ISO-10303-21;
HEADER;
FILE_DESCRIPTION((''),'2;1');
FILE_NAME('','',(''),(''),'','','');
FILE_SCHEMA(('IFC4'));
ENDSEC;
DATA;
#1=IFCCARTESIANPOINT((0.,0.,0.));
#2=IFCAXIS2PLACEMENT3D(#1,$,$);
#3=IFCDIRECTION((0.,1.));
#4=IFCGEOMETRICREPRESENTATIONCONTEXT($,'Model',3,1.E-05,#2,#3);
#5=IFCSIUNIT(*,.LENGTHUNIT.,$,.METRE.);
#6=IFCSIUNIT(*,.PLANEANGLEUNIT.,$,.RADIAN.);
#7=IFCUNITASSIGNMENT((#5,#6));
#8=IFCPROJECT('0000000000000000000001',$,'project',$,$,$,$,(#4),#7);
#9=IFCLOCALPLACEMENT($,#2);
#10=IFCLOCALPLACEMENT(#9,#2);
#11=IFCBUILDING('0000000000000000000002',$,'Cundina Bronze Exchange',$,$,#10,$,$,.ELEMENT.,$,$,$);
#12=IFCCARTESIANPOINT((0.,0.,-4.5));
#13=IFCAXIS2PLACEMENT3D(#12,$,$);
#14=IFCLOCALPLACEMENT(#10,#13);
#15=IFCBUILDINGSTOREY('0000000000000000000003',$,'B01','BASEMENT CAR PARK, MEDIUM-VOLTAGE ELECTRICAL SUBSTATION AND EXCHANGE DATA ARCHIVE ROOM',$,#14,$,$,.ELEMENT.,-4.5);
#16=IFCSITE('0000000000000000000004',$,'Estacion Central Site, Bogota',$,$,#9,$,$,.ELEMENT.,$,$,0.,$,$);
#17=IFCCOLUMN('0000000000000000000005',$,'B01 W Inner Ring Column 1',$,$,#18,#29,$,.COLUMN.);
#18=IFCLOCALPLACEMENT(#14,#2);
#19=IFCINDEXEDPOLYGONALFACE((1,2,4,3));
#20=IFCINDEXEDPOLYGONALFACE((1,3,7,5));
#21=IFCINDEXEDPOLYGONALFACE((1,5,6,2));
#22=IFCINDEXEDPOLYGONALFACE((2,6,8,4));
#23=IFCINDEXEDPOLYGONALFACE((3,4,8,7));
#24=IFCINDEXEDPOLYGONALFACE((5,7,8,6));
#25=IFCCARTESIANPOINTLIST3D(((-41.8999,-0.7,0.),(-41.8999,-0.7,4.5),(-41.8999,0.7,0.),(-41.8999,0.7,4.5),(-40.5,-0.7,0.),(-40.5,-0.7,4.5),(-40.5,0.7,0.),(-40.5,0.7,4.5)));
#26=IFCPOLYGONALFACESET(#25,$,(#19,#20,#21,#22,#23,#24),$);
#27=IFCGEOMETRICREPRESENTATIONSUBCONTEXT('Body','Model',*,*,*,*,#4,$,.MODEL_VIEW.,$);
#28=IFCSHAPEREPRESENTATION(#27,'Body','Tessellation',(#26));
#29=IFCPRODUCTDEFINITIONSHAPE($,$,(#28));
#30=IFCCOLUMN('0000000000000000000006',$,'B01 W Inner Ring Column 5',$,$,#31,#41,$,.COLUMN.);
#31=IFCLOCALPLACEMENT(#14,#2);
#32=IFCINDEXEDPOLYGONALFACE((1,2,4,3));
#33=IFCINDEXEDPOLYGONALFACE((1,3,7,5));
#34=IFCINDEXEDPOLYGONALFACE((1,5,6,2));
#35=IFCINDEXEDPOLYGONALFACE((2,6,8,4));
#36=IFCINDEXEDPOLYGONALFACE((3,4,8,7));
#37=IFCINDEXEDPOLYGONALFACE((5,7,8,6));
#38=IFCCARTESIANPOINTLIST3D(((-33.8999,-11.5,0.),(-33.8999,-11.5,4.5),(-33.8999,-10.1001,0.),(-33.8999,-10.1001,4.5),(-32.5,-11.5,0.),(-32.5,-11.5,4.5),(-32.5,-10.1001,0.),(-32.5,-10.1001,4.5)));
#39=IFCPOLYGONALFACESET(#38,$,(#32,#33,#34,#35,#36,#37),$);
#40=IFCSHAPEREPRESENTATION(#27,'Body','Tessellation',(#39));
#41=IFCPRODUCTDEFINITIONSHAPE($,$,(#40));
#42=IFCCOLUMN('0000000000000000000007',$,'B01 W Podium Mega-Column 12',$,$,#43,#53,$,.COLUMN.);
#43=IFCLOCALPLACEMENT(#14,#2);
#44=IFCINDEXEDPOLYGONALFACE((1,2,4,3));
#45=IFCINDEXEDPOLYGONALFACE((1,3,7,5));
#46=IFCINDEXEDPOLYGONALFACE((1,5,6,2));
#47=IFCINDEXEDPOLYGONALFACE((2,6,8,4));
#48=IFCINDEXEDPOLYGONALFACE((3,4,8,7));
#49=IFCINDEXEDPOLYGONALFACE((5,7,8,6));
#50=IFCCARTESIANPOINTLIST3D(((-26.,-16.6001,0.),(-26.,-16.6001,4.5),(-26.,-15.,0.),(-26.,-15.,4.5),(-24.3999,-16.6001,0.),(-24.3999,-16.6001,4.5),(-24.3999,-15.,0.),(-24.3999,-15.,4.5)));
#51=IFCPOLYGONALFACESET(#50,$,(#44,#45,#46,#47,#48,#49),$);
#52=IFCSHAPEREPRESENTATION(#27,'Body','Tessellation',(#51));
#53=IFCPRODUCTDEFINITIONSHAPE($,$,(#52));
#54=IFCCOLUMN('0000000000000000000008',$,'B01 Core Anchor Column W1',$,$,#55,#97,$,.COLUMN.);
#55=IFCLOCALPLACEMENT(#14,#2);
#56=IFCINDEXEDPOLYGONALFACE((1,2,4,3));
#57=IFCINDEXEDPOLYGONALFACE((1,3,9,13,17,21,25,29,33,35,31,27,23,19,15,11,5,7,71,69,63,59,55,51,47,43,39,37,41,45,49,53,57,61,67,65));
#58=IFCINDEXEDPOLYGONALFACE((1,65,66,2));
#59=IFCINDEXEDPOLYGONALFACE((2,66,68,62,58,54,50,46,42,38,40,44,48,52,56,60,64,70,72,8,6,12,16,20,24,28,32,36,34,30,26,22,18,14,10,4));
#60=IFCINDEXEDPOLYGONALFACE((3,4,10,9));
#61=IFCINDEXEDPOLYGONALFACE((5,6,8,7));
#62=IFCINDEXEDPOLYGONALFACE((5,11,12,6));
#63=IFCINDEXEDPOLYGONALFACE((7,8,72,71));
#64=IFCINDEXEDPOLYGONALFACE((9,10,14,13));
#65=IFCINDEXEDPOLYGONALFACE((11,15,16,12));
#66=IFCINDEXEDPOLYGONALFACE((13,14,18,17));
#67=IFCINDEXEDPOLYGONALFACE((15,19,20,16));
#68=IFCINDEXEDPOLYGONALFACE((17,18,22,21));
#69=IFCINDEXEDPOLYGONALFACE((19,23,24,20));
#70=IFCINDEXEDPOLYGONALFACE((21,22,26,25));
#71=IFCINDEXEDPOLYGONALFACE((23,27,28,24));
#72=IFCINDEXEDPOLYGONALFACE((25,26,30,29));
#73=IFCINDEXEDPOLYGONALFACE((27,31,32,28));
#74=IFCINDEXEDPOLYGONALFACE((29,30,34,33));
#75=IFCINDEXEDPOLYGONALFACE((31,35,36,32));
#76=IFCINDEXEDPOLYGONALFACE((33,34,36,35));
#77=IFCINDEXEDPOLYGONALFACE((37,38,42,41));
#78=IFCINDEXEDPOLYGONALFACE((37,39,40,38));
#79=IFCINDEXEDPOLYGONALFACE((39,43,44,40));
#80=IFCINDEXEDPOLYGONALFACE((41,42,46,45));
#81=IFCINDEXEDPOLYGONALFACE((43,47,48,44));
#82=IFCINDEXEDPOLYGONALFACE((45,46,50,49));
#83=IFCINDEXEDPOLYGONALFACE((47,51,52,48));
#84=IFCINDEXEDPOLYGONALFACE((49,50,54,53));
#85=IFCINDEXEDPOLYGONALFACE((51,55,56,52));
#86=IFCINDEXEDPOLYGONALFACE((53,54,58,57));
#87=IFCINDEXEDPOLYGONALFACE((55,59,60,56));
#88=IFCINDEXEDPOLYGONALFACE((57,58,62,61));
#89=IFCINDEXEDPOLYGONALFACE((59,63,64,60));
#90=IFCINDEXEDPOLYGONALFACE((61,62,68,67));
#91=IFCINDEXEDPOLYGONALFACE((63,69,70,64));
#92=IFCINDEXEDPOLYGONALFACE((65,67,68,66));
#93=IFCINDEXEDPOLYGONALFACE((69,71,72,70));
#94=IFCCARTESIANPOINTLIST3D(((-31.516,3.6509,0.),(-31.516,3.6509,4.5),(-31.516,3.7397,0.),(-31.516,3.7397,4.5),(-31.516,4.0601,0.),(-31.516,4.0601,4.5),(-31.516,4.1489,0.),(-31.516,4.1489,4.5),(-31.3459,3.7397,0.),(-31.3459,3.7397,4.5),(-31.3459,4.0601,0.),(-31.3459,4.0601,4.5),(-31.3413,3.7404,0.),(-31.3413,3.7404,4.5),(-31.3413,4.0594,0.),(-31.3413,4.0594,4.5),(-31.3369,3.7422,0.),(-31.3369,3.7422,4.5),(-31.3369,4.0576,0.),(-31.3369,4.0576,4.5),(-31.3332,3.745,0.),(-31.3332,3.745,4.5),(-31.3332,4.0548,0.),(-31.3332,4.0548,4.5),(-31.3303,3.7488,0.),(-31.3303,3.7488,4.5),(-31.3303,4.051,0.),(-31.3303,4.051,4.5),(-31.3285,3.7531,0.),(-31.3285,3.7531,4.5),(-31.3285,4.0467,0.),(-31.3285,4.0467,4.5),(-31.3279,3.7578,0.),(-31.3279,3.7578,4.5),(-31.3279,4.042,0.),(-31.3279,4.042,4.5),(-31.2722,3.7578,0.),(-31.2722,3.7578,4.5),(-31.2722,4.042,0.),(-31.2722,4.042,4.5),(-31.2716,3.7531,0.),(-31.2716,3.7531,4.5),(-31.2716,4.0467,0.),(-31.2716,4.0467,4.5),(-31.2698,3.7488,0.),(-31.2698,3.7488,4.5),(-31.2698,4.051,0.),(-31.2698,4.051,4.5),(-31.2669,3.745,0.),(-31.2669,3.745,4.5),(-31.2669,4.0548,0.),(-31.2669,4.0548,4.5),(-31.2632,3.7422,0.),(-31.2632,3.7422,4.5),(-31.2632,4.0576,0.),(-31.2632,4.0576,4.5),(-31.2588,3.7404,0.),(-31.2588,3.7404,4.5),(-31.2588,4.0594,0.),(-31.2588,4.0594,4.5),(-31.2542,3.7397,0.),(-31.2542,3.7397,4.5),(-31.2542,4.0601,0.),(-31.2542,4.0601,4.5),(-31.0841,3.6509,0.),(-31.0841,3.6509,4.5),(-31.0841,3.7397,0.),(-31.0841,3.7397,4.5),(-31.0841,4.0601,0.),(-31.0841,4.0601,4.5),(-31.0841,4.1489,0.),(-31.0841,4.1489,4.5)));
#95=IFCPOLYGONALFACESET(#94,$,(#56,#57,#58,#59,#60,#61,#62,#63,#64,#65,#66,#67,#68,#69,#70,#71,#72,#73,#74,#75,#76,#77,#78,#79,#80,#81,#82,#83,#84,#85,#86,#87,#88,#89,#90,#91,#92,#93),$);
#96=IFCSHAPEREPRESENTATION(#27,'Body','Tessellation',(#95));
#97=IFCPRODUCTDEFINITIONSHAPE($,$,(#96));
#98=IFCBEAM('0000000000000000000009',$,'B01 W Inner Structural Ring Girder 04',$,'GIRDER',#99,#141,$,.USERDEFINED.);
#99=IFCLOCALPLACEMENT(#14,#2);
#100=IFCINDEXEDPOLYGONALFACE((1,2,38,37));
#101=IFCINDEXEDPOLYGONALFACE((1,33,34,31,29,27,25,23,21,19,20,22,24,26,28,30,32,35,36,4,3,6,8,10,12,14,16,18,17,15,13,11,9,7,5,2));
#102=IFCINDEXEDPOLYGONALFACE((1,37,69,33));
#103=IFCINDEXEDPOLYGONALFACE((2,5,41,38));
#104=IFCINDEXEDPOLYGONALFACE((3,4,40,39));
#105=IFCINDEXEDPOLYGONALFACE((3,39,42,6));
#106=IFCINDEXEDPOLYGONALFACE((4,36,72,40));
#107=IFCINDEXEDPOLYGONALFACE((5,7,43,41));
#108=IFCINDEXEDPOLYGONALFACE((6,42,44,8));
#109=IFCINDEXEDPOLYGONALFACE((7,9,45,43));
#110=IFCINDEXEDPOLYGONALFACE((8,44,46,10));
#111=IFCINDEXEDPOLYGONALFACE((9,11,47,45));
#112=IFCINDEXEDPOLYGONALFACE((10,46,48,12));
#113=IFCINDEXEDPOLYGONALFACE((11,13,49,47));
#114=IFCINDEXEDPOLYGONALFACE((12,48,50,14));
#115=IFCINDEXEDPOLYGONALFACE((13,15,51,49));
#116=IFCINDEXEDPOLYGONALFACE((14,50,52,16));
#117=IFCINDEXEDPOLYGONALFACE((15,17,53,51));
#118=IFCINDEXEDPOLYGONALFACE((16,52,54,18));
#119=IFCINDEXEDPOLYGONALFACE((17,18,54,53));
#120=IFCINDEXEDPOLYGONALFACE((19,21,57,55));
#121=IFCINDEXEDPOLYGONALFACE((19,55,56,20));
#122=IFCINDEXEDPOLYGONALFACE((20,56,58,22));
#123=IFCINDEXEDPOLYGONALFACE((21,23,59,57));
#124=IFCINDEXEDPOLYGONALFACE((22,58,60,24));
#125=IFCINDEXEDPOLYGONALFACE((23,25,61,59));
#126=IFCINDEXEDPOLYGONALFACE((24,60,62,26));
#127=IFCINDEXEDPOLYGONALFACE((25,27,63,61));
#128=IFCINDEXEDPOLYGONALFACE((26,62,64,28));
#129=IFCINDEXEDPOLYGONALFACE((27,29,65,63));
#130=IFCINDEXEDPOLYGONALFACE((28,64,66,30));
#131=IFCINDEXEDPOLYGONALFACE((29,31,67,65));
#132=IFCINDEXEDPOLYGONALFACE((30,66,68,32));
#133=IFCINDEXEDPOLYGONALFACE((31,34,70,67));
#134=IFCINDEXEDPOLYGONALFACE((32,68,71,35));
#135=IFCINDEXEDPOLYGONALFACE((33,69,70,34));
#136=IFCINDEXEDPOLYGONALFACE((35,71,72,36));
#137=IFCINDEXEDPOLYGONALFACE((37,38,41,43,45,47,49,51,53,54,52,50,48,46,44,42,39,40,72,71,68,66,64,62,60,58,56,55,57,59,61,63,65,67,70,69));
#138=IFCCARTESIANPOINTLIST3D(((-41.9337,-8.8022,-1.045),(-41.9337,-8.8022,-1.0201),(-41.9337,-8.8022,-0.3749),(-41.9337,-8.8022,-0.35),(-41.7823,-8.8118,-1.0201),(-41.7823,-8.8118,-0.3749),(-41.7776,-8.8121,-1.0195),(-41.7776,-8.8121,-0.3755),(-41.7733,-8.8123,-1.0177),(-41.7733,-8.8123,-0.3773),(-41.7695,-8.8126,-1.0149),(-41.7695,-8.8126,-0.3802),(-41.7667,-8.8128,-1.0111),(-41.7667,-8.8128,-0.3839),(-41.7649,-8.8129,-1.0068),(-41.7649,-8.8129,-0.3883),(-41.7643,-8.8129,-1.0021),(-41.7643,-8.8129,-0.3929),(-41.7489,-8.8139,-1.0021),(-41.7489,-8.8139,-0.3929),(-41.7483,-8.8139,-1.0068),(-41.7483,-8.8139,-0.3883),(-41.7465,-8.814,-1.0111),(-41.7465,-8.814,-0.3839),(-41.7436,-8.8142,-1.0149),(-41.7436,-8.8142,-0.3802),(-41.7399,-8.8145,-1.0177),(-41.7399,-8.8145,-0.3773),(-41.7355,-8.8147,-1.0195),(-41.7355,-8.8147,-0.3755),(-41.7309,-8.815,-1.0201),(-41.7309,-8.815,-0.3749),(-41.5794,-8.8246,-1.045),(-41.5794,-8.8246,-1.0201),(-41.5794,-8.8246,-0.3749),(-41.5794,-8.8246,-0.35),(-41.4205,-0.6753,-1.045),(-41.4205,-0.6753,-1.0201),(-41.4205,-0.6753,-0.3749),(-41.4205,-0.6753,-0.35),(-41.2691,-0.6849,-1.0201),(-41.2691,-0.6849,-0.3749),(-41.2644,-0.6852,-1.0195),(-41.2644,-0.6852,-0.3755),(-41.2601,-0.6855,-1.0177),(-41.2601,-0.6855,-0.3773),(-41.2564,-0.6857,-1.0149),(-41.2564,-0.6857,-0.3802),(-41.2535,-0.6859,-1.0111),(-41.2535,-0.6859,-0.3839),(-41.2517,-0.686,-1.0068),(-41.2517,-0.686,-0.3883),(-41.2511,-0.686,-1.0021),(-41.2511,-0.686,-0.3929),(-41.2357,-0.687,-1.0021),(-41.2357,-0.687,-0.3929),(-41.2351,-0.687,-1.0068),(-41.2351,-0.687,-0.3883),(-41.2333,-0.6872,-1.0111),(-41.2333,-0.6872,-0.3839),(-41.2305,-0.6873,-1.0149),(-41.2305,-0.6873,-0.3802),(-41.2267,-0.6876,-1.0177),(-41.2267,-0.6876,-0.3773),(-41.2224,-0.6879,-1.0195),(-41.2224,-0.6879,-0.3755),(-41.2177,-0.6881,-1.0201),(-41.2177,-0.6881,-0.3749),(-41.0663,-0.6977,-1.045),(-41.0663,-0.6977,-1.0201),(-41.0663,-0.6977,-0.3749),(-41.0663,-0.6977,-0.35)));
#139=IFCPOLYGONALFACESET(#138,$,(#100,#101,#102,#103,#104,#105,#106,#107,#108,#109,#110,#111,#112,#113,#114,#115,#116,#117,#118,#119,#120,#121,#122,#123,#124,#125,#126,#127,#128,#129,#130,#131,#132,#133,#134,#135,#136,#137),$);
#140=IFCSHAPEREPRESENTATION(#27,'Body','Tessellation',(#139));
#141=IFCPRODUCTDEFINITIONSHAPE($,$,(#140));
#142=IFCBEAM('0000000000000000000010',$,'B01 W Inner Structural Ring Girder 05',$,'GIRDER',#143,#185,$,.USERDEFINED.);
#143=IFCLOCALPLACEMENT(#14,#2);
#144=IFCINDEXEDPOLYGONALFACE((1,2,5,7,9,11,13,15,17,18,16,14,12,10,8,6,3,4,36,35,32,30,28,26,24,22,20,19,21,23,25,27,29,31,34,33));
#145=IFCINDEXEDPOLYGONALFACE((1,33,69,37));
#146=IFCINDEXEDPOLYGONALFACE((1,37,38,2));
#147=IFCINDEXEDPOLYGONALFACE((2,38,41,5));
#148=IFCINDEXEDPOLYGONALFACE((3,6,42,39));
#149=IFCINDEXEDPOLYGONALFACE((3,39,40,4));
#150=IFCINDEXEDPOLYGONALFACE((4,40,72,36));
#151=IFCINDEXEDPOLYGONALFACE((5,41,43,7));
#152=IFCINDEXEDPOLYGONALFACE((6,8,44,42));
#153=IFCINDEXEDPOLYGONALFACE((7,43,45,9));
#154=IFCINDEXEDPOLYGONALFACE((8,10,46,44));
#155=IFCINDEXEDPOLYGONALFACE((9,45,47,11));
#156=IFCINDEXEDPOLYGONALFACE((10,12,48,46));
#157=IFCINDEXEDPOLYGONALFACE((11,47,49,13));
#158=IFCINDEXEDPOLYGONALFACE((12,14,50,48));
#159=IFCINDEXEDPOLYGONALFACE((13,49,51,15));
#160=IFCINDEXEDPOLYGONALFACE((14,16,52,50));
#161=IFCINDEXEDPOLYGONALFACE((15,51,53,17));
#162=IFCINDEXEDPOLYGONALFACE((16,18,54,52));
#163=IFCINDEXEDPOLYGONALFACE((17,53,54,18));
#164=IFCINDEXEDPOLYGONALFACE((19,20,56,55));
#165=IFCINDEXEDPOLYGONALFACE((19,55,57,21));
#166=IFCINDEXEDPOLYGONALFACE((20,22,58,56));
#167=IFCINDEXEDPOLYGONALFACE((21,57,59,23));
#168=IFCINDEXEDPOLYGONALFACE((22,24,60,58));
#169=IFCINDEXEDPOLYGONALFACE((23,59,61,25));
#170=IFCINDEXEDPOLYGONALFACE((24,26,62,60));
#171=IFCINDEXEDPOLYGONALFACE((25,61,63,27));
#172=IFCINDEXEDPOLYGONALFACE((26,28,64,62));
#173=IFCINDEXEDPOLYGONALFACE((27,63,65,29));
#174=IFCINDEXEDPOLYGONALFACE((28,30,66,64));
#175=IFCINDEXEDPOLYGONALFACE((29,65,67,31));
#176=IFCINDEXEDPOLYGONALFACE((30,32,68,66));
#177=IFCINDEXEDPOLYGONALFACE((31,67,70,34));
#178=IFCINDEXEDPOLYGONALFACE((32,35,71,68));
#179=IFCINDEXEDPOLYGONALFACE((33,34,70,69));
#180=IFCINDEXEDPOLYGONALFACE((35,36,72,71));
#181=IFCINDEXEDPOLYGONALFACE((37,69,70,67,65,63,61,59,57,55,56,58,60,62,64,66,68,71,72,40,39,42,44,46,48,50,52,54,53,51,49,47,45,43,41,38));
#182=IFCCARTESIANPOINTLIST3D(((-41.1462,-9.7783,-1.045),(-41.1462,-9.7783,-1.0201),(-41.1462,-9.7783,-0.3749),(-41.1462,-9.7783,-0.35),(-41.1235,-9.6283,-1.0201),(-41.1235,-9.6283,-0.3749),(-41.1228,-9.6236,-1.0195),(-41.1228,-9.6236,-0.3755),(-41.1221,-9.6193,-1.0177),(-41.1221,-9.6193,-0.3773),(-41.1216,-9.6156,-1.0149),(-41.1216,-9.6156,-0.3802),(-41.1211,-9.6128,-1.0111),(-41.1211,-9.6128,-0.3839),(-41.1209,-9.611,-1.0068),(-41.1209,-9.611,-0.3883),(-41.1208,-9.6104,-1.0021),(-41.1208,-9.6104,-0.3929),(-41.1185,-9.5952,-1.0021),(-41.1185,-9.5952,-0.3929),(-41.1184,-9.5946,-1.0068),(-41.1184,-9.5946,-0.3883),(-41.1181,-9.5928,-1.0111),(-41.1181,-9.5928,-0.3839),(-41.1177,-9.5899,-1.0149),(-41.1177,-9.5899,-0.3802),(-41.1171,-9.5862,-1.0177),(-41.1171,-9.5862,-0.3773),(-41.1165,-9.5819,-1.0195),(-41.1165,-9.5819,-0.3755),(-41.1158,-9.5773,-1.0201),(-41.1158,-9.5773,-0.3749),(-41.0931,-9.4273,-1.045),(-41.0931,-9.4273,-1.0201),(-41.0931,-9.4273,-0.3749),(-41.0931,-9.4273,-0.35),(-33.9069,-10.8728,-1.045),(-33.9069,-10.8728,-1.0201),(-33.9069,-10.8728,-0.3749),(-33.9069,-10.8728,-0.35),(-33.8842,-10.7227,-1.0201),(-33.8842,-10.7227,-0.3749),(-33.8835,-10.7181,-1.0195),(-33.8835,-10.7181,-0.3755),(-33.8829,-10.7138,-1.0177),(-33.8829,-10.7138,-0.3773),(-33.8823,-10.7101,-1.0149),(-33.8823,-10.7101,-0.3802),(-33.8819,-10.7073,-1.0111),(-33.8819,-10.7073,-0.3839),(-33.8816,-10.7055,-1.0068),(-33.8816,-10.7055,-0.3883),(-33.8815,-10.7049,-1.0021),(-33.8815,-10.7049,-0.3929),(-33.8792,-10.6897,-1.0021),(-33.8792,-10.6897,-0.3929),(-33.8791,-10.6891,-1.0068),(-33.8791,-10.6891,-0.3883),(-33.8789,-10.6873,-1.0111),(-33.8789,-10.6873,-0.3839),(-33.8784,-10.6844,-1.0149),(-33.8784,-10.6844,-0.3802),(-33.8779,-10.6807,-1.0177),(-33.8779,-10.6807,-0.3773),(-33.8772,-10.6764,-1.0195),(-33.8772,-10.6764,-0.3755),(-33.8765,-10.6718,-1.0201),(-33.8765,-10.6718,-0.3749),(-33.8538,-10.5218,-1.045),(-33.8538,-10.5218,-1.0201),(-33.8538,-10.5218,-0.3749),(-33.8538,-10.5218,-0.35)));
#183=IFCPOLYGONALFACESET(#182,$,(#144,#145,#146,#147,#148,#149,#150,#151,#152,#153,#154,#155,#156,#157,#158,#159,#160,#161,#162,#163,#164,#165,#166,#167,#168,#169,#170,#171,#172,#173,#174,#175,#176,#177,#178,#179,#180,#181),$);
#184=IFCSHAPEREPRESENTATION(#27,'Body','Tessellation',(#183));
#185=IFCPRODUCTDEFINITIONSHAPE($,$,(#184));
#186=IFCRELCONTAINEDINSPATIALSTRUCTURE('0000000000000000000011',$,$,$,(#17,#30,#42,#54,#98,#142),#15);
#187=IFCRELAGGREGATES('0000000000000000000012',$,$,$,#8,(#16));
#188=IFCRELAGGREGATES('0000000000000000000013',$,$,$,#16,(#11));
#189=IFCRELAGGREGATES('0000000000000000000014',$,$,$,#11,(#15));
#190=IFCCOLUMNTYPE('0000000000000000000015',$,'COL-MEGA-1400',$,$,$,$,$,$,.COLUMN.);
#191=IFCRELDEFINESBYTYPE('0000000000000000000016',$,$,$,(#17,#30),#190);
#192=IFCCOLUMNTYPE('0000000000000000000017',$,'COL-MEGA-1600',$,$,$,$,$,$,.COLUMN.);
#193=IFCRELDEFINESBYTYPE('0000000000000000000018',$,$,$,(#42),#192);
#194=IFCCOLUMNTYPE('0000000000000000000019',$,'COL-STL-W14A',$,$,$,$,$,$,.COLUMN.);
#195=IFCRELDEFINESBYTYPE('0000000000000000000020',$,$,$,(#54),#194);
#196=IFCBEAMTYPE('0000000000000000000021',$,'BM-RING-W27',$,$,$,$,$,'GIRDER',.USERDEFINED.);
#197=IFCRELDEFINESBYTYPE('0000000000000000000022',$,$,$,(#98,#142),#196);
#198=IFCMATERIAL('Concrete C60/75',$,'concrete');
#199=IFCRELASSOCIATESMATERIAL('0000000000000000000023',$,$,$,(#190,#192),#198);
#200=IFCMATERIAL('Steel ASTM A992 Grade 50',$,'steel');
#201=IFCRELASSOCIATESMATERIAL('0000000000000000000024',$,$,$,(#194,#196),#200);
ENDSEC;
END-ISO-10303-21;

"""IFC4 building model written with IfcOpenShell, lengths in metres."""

from ifc_helpers import new_model, si_unit, direction, frame, origin, origin_2d, place, context, subcontext, project, spatial, rectangle, i_section, extrude, material, material_profile, profile_set, type_object, element, save


model = new_model("IFC4")

# Units and contexts
model_context = context("Model", 3, precision=1e-05, world=origin(), true_north=direction((0.0, 1.0)))
body_context = subcontext(model_context, "Body", "Model", "MODEL_VIEW")
ifc_project = project(units=[si_unit("LENGTHUNIT", "METRE"), si_unit("PLANEANGLEUNIT", "RADIAN")], contexts=[model_context])

# Site, building, storey
site_placement = place(None, origin())
site = spatial("IfcSite", under=ifc_project, at=site_placement, Name="Estacion Central Site, Bogota", CompositionType="ELEMENT", RefElevation=0.0)
building_placement = place(site_placement, origin())
building = spatial("IfcBuilding", under=site, at=building_placement, Name="Cundina Bronze Exchange", CompositionType="ELEMENT")
storey_placement = place(building_placement, frame((0.0, 0.0, -4.5)))
storey = spatial("IfcBuildingStorey", under=building, at=storey_placement, Name="B01", Description="BASEMENT CAR PARK, MEDIUM-VOLTAGE ELECTRICAL SUBSTATION AND EXCHANGE DATA ARCHIVE ROOM", CompositionType="ELEMENT", Elevation=-4.5)

# Columns
ifc_material_1 = material(Name="Concrete C60/75", Category="concrete")
ifc_material_profile_1 = material_profile(ifc_material_1, rectangle(XDim=1.3999, YDim=1.3999, at=origin_2d()), Name="RC1400X1400", Category="concrete")
ifc_profile_set_1 = profile_set([ifc_material_profile_1], Name="Concrete C60/75")
column_type_1 = type_object("IfcColumnType", Name="COL-MEGA-1400", PredefinedType="COLUMN", material=ifc_profile_set_1)
for number, where, z_axis, x_axis, name in (
    (1, (-41.2, 0.0, 0.0), (0.0, 0.0, 1.0), (1.0, 0.0, 0.0), "B01 W Inner Ring Column 1"),
    (2, (-33.2, -10.8, 0.0), (0.0, 0.0, 1.0), (1.0, 0.0, 0.0), "B01 W Inner Ring Column 5"),
):
    element("IfcColumn", number, at=place(storey_placement, frame(where, z_axis=z_axis, x_axis=x_axis)), inside=storey, type_object=column_type_1, Name=name, PredefinedType="COLUMN", context=body_context, shape_type="SweptSolid", body=[
        extrude(rectangle(XDim=1.3999, YDim=1.3999, at=origin_2d()), origin(), (0.0, 0.0, 1.0), 4.5),
    ])
ifc_material_profile_2 = material_profile(ifc_material_1, rectangle(XDim=1.6001, YDim=1.6001, at=origin_2d()), Name="RC1600X1600", Category="concrete")
ifc_profile_set_2 = profile_set([ifc_material_profile_2], Name="Concrete C60/75")
column_type_2 = type_object("IfcColumnType", Name="COL-MEGA-1600", PredefinedType="COLUMN", material=ifc_profile_set_2)
column_1_placement = place(storey_placement, frame((-25.2, -15.8, 0.0), z_axis=(0.0, 0.0, 1.0), x_axis=(1.0, 0.0, 0.0)))
element("IfcColumn", 3, at=column_1_placement, inside=storey, type_object=column_type_2, Name="B01 W Podium Mega-Column 12", PredefinedType="COLUMN", context=body_context, shape_type="SweptSolid", body=[
    extrude(rectangle(XDim=1.6001, YDim=1.6001, at=origin_2d()), origin(), (0.0, 0.0, 1.0), 4.5),
])
ifc_material_2 = material(Name="Steel ASTM A992 Grade 50", Category="steel")
ifc_material_profile_3 = material_profile(ifc_material_2, i_section(OverallWidth=0.4319, OverallDepth=0.498, WebThickness=0.0557, FlangeThickness=0.0889, FilletRadius=0.0181, at=origin_2d()), Name="W14X500", Category="steel")
ifc_profile_set_3 = profile_set([ifc_material_profile_3], Name="Steel ASTM A992 Grade 50")
column_type_3 = type_object("IfcColumnType", Name="COL-STL-W14A", PredefinedType="COLUMN", material=ifc_profile_set_3)
column_2_placement = place(storey_placement, frame((-31.3, 3.8999, 0.0), z_axis=(0.0, 0.0, 1.0), x_axis=(1.0, 0.0, 0.0)))
element("IfcColumn", 4, at=column_2_placement, inside=storey, type_object=column_type_3, Name="B01 Core Anchor Column W1", PredefinedType="COLUMN", context=body_context, shape_type="SweptSolid", body=[
    extrude(i_section(OverallWidth=0.4319, OverallDepth=0.498, WebThickness=0.0557, FlangeThickness=0.0889, FilletRadius=0.0181, at=origin_2d()), origin(), (0.0, 0.0, 1.0), 4.5),
])

# Beams
ifc_material_profile_4 = material_profile(ifc_material_2, i_section(OverallWidth=0.355, OverallDepth=0.6951, WebThickness=0.0154, FlangeThickness=0.0249, FilletRadius=0.0181, at=origin_2d()), Name="W27X146", Category="steel")
ifc_profile_set_4 = profile_set([ifc_material_profile_4], Name="Steel ASTM A992 Grade 50")
beam_type_1 = type_object("IfcBeamType", Name="BM-RING-W27", ElementType="GIRDER", PredefinedType="USERDEFINED", material=ifc_profile_set_4)
beam_1_placement = place(storey_placement, frame((-41.2434, -0.6865, -0.6975), z_axis=(-0.06302, -0.998012, 0.0), x_axis=(0.998012, -0.06302, 0.0)))
element("IfcBeam", 5, at=beam_1_placement, inside=storey, type_object=beam_type_1, Name="B01 W Inner Structural Ring Girder 04", ObjectType="GIRDER", PredefinedType="USERDEFINED", context=body_context, shape_type="SweptSolid", body=[
    extrude(i_section(OverallWidth=0.355, OverallDepth=0.6951, WebThickness=0.0154, FlangeThickness=0.0249, FilletRadius=0.0181, at=origin_2d()), origin(), (0.0, 0.0, 1.0), 8.1431),
])
beam_2_placement = place(storey_placement, frame((-41.1196, -9.6028, -0.6975), z_axis=(0.988763, -0.149488, 0.0), x_axis=(0.149488, 0.988763, 0.0)))
element("IfcBeam", 6, at=beam_2_placement, inside=storey, type_object=beam_type_1, Name="B01 W Inner Structural Ring Girder 05", ObjectType="GIRDER", PredefinedType="USERDEFINED", context=body_context, shape_type="SweptSolid", body=[
    extrude(i_section(OverallWidth=0.355, OverallDepth=0.6951, WebThickness=0.0154, FlangeThickness=0.0249, FilletRadius=0.0181, at=origin_2d()), origin(), (0.0, 0.0, 1.0), 7.3215),
])

save(model, "model.ifc")
